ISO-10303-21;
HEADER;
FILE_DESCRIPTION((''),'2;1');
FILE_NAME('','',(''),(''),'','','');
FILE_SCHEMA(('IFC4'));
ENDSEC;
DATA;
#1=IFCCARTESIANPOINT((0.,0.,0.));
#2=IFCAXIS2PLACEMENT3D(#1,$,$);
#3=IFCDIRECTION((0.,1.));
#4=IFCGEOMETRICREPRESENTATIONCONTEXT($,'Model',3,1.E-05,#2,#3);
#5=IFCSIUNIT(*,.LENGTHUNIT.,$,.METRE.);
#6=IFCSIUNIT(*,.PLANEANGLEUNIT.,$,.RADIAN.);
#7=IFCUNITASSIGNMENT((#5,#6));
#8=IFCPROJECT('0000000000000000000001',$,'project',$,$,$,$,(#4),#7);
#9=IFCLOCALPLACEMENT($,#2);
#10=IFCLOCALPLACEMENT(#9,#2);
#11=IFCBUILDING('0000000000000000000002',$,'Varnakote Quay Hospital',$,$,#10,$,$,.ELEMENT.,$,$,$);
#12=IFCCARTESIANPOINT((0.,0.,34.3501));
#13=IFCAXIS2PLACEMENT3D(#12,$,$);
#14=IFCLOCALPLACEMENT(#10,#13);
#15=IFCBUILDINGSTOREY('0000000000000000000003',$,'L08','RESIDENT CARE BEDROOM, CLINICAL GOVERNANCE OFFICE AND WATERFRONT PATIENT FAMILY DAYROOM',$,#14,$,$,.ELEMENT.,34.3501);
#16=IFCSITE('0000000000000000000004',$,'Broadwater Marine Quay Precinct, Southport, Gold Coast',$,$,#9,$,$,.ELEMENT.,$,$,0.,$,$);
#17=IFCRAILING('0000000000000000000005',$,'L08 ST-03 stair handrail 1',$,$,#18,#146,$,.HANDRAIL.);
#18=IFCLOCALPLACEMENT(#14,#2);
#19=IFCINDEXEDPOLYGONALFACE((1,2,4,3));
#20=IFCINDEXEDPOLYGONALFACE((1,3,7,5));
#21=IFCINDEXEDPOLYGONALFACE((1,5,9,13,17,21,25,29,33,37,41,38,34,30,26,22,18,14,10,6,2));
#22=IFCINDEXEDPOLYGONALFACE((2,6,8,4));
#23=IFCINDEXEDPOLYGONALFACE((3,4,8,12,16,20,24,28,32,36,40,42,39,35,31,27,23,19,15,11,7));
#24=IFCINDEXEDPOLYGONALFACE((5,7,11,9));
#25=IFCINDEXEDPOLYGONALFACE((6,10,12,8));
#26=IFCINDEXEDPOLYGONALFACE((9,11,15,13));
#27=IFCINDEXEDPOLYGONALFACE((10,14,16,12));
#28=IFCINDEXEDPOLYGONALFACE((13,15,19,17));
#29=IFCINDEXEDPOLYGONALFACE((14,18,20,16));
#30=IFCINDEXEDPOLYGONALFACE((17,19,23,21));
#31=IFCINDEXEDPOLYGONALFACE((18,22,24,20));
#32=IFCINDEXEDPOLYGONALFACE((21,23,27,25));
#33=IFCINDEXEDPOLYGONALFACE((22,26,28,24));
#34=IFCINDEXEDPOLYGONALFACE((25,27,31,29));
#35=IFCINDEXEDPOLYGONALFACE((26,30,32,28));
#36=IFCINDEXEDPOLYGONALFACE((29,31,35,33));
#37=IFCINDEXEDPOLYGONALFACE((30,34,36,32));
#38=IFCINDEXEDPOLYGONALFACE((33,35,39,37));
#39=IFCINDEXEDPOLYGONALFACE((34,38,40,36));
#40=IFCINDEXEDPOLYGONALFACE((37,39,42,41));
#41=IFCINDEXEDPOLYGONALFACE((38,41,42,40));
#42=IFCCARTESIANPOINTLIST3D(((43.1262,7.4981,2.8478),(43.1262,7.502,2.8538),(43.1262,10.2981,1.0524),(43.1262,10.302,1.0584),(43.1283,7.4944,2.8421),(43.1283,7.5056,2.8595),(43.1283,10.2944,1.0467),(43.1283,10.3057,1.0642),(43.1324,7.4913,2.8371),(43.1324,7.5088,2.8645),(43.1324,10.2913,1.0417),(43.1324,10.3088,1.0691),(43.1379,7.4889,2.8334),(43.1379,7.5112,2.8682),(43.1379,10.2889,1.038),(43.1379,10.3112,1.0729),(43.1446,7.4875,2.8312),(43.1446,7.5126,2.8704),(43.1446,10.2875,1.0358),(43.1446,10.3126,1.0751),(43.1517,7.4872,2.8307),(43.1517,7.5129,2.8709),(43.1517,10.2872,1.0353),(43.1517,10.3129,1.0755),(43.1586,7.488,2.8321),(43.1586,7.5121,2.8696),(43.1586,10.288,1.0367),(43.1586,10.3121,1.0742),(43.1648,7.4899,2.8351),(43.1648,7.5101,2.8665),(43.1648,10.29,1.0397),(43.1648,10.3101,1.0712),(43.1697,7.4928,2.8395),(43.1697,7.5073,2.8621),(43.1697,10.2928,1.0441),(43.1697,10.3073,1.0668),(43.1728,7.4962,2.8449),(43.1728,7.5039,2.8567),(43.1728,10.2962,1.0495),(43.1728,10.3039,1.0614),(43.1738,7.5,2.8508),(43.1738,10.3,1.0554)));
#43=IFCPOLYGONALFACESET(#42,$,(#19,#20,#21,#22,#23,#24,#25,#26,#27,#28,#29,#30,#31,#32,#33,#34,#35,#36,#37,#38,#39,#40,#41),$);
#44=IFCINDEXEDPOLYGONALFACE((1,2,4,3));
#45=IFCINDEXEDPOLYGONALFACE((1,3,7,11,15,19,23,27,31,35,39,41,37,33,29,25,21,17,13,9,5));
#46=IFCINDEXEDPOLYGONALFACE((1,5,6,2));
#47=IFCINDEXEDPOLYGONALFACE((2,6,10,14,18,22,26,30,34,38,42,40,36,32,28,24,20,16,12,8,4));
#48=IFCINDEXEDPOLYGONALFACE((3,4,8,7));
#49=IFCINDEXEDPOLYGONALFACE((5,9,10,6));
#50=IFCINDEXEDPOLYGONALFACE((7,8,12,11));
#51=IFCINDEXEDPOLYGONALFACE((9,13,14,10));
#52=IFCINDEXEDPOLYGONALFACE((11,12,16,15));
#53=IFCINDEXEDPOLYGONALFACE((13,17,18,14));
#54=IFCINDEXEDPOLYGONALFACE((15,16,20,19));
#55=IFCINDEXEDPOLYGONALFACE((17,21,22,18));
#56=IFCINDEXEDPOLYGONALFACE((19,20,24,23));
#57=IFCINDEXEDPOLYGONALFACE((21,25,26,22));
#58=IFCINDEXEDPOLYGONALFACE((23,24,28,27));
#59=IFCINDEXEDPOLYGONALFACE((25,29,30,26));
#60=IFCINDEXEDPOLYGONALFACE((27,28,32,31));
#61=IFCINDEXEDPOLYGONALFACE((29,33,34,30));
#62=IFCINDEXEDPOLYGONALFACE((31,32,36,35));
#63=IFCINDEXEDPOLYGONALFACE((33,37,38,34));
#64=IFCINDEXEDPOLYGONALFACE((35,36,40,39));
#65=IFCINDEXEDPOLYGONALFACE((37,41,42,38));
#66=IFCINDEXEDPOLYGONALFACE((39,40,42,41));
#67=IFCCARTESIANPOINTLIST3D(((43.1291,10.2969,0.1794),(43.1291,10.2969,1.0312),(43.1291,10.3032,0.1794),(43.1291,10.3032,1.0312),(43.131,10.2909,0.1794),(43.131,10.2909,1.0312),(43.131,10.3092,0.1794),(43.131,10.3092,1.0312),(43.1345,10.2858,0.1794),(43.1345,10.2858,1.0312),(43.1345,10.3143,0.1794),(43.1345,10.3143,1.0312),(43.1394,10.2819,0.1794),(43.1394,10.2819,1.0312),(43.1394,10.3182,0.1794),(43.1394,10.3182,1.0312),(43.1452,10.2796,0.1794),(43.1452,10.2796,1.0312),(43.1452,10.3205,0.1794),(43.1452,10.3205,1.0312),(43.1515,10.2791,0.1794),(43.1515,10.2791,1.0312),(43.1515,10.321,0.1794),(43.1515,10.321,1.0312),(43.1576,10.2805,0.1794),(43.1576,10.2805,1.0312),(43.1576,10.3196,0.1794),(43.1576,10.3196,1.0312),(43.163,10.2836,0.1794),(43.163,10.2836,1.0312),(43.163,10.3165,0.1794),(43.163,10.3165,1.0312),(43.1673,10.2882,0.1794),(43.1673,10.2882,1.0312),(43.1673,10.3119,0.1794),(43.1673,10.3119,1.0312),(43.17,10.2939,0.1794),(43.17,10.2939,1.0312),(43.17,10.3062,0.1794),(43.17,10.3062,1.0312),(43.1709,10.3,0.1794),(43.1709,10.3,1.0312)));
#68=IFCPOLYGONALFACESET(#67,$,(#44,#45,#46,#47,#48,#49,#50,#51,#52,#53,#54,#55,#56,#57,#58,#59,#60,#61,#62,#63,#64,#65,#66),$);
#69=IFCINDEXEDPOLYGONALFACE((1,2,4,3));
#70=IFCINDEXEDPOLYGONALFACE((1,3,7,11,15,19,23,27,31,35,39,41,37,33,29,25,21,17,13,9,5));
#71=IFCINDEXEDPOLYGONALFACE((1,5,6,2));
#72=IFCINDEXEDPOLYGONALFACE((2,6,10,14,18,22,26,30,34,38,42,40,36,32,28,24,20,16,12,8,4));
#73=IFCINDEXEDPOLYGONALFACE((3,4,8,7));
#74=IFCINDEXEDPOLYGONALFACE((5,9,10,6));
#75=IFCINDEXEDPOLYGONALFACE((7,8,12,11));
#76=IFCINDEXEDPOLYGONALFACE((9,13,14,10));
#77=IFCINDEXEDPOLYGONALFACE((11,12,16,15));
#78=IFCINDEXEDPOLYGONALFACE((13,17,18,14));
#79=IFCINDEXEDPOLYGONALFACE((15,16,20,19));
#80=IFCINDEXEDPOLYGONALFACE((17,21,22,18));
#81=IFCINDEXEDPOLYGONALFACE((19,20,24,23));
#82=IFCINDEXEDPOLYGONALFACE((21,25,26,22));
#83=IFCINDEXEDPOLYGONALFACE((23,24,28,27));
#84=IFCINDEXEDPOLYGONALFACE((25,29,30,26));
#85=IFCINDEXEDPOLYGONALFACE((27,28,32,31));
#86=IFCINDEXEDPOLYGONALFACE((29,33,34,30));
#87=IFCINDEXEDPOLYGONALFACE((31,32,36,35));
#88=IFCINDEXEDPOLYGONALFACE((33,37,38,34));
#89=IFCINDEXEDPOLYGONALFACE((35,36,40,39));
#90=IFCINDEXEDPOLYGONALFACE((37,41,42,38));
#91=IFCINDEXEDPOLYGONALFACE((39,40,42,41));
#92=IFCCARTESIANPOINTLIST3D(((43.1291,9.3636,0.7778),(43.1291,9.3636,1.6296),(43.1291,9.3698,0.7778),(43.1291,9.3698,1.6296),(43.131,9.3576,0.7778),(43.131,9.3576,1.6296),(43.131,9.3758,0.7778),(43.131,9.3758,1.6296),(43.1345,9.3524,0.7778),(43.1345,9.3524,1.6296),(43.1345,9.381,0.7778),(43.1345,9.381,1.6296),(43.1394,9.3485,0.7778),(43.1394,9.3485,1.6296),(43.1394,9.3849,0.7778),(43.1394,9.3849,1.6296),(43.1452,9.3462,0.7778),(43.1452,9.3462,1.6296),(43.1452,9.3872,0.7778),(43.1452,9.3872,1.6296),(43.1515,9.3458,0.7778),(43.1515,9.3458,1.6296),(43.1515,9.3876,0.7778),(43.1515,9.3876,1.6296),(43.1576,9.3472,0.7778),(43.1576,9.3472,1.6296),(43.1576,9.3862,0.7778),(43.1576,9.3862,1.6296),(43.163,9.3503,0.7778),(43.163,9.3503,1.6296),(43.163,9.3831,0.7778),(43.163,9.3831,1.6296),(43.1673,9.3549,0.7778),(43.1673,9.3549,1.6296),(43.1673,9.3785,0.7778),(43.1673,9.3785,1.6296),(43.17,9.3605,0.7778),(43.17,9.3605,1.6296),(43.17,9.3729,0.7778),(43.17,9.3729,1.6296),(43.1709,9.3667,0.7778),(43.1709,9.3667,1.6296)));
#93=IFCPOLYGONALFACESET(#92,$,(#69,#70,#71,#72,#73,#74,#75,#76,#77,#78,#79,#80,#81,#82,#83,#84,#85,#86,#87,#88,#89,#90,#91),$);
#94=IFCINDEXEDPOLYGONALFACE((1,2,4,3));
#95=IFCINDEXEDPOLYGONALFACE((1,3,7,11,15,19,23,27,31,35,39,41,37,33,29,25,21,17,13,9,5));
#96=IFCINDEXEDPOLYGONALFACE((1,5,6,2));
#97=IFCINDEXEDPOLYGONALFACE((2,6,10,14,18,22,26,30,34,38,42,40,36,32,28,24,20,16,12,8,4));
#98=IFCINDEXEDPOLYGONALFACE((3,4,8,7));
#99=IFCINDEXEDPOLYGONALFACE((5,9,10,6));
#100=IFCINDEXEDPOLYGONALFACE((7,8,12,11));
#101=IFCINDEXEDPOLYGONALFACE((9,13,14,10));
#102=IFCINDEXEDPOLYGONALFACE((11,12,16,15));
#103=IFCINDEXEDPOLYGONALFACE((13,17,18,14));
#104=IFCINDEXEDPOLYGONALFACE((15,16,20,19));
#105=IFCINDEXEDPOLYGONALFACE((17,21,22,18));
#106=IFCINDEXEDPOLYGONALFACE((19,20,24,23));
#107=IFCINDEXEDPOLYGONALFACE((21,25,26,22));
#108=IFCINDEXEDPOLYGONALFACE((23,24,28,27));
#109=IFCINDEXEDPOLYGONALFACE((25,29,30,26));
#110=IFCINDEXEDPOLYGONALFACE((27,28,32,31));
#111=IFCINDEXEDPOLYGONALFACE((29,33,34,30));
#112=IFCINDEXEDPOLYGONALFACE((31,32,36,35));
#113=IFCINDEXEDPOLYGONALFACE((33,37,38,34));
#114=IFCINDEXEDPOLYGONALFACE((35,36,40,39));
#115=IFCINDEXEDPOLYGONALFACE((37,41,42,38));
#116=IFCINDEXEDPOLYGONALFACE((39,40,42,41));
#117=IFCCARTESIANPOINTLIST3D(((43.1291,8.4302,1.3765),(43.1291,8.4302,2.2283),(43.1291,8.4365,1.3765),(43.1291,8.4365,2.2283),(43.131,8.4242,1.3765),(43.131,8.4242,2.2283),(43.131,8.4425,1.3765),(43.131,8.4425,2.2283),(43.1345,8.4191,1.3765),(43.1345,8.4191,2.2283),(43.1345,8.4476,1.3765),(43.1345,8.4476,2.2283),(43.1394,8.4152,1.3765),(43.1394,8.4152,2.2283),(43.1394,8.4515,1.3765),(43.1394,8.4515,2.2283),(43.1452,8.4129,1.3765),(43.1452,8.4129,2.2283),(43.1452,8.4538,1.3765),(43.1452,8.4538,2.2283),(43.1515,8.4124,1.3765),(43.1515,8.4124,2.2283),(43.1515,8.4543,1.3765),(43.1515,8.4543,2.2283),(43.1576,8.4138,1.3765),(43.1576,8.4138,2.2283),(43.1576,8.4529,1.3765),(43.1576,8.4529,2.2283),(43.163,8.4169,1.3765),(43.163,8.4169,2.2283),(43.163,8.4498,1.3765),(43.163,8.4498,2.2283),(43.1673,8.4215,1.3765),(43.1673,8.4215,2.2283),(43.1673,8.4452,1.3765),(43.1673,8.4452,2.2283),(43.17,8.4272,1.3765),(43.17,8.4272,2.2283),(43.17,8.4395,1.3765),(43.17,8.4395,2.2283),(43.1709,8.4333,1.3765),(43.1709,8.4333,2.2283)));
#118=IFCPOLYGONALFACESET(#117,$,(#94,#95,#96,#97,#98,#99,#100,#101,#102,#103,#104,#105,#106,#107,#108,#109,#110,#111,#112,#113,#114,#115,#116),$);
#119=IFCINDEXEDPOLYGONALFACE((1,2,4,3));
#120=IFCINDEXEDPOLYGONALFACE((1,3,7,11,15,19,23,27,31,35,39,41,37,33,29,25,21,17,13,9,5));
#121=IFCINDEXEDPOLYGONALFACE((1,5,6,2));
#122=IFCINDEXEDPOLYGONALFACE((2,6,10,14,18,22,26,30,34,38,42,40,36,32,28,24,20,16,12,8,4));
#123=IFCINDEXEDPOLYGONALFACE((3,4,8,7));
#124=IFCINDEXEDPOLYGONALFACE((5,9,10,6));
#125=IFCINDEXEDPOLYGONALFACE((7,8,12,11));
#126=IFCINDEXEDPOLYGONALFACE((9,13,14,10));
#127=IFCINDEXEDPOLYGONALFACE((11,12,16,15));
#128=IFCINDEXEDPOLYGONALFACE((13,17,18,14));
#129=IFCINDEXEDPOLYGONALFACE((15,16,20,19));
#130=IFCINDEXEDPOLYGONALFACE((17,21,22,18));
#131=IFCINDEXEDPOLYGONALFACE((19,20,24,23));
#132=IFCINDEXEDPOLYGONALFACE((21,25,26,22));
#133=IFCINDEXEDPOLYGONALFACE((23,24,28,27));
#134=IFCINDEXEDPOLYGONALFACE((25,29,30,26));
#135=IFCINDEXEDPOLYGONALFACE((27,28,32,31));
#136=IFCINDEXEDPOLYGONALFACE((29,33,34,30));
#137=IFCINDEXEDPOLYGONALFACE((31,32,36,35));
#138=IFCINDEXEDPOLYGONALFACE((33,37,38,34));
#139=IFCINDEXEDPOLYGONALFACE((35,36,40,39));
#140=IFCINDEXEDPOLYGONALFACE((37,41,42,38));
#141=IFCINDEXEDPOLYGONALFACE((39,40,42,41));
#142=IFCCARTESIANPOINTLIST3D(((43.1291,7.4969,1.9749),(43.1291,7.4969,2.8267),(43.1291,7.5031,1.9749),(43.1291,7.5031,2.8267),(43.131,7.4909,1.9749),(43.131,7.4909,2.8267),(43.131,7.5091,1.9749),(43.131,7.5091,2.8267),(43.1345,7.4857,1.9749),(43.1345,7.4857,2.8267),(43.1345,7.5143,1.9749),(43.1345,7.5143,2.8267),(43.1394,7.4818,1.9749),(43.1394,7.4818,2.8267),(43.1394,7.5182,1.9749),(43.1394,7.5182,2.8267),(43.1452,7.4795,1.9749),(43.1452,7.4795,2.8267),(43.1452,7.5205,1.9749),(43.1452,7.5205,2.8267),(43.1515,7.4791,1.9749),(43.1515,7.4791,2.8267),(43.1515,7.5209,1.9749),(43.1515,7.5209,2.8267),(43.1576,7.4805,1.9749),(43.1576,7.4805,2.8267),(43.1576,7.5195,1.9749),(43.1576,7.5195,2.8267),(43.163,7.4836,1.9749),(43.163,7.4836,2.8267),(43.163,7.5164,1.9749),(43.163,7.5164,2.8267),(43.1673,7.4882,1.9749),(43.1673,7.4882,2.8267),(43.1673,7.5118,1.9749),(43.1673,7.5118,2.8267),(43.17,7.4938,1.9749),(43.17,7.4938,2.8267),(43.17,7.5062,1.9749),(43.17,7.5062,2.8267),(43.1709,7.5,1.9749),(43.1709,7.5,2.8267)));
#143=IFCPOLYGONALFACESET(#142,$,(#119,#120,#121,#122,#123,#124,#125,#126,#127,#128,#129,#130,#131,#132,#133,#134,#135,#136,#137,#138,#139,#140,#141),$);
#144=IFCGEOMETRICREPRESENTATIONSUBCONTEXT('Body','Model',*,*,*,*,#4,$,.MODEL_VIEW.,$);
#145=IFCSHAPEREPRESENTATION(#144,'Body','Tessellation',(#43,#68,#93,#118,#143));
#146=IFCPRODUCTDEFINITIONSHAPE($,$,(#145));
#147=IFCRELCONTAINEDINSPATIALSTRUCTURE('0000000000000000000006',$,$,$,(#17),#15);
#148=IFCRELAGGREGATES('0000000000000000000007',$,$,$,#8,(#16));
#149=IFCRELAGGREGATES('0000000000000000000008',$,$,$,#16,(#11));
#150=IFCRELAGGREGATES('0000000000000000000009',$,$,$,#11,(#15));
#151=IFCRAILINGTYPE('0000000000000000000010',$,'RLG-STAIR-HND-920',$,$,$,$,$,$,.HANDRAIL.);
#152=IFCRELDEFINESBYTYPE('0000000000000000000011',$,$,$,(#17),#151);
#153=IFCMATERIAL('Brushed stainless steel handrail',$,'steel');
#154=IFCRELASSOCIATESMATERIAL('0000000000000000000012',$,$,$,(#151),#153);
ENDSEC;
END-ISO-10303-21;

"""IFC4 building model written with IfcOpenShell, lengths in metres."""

from ifc_helpers import new_model, si_unit, direction, frame, origin, origin_2d, place, context, subcontext, project, spatial, circle, extrude, material, type_object, element, save


model = new_model("IFC4")

# Units and contexts
model_context = context("Model", 3, precision=1e-05, world=origin(), true_north=direction((0.0, 1.0)))
body_context = subcontext(model_context, "Body", "Model", "MODEL_VIEW")
ifc_project = project(units=[si_unit("LENGTHUNIT", "METRE"), si_unit("PLANEANGLEUNIT", "RADIAN")], contexts=[model_context])

# Site, building, storey
site_placement = place(None, origin())
site = spatial("IfcSite", under=ifc_project, at=site_placement, Name="Broadwater Marine Quay Precinct, Southport, Gold Coast", CompositionType="ELEMENT", RefElevation=0.0)
building_placement = place(site_placement, origin())
building = spatial("IfcBuilding", under=site, at=building_placement, Name="Varnakote Quay Hospital", CompositionType="ELEMENT")
storey_placement = place(building_placement, frame((0.0, 0.0, 34.3501)))
storey = spatial("IfcBuildingStorey", under=building, at=storey_placement, Name="L08", Description="RESIDENT CARE BEDROOM, CLINICAL GOVERNANCE OFFICE AND WATERFRONT PATIENT FAMILY DAYROOM", CompositionType="ELEMENT", Elevation=34.3501)

# Railing
ifc_material_1 = material(Name="Brushed stainless steel handrail", Category="steel")
railing_type_1 = type_object("IfcRailingType", Name="RLG-STAIR-HND-920", PredefinedType="HANDRAIL", material=ifc_material_1)
railing_1_placement = place(storey_placement, frame((43.1499, 10.3, 0.1794)))
element("IfcRailing", 1, at=railing_1_placement, inside=storey, type_object=railing_type_1, Name="L08 ST-03 stair handrail 1", PredefinedType="HANDRAIL", context=body_context, shape_type="SweptSolid", body=[
    extrude(circle(Radius=0.0239, at=origin_2d()), frame((0.0, 0.0, 0.876), z_axis=(0.0, -0.84181, 0.539774), x_axis=(1.0, 0.0, 0.0)), (0.0, 0.0, 1.0), 3.3262),
    extrude(circle(Radius=0.021, at=origin_2d()), origin(), (0.0, 0.0, 1.0), 0.8518),
    extrude(circle(Radius=0.021, at=origin_2d()), frame((0.0, -0.9333, 0.5984)), (0.0, 0.0, 1.0), 0.8518),
    extrude(circle(Radius=0.021, at=origin_2d()), frame((0.0, -1.8667, 1.197)), (0.0, 0.0, 1.0), 0.8518),
    extrude(circle(Radius=0.021, at=origin_2d()), frame((0.0, -2.8, 1.7954)), (0.0, 0.0, 1.0), 0.8518),
])

save(model, "model.ifc")
